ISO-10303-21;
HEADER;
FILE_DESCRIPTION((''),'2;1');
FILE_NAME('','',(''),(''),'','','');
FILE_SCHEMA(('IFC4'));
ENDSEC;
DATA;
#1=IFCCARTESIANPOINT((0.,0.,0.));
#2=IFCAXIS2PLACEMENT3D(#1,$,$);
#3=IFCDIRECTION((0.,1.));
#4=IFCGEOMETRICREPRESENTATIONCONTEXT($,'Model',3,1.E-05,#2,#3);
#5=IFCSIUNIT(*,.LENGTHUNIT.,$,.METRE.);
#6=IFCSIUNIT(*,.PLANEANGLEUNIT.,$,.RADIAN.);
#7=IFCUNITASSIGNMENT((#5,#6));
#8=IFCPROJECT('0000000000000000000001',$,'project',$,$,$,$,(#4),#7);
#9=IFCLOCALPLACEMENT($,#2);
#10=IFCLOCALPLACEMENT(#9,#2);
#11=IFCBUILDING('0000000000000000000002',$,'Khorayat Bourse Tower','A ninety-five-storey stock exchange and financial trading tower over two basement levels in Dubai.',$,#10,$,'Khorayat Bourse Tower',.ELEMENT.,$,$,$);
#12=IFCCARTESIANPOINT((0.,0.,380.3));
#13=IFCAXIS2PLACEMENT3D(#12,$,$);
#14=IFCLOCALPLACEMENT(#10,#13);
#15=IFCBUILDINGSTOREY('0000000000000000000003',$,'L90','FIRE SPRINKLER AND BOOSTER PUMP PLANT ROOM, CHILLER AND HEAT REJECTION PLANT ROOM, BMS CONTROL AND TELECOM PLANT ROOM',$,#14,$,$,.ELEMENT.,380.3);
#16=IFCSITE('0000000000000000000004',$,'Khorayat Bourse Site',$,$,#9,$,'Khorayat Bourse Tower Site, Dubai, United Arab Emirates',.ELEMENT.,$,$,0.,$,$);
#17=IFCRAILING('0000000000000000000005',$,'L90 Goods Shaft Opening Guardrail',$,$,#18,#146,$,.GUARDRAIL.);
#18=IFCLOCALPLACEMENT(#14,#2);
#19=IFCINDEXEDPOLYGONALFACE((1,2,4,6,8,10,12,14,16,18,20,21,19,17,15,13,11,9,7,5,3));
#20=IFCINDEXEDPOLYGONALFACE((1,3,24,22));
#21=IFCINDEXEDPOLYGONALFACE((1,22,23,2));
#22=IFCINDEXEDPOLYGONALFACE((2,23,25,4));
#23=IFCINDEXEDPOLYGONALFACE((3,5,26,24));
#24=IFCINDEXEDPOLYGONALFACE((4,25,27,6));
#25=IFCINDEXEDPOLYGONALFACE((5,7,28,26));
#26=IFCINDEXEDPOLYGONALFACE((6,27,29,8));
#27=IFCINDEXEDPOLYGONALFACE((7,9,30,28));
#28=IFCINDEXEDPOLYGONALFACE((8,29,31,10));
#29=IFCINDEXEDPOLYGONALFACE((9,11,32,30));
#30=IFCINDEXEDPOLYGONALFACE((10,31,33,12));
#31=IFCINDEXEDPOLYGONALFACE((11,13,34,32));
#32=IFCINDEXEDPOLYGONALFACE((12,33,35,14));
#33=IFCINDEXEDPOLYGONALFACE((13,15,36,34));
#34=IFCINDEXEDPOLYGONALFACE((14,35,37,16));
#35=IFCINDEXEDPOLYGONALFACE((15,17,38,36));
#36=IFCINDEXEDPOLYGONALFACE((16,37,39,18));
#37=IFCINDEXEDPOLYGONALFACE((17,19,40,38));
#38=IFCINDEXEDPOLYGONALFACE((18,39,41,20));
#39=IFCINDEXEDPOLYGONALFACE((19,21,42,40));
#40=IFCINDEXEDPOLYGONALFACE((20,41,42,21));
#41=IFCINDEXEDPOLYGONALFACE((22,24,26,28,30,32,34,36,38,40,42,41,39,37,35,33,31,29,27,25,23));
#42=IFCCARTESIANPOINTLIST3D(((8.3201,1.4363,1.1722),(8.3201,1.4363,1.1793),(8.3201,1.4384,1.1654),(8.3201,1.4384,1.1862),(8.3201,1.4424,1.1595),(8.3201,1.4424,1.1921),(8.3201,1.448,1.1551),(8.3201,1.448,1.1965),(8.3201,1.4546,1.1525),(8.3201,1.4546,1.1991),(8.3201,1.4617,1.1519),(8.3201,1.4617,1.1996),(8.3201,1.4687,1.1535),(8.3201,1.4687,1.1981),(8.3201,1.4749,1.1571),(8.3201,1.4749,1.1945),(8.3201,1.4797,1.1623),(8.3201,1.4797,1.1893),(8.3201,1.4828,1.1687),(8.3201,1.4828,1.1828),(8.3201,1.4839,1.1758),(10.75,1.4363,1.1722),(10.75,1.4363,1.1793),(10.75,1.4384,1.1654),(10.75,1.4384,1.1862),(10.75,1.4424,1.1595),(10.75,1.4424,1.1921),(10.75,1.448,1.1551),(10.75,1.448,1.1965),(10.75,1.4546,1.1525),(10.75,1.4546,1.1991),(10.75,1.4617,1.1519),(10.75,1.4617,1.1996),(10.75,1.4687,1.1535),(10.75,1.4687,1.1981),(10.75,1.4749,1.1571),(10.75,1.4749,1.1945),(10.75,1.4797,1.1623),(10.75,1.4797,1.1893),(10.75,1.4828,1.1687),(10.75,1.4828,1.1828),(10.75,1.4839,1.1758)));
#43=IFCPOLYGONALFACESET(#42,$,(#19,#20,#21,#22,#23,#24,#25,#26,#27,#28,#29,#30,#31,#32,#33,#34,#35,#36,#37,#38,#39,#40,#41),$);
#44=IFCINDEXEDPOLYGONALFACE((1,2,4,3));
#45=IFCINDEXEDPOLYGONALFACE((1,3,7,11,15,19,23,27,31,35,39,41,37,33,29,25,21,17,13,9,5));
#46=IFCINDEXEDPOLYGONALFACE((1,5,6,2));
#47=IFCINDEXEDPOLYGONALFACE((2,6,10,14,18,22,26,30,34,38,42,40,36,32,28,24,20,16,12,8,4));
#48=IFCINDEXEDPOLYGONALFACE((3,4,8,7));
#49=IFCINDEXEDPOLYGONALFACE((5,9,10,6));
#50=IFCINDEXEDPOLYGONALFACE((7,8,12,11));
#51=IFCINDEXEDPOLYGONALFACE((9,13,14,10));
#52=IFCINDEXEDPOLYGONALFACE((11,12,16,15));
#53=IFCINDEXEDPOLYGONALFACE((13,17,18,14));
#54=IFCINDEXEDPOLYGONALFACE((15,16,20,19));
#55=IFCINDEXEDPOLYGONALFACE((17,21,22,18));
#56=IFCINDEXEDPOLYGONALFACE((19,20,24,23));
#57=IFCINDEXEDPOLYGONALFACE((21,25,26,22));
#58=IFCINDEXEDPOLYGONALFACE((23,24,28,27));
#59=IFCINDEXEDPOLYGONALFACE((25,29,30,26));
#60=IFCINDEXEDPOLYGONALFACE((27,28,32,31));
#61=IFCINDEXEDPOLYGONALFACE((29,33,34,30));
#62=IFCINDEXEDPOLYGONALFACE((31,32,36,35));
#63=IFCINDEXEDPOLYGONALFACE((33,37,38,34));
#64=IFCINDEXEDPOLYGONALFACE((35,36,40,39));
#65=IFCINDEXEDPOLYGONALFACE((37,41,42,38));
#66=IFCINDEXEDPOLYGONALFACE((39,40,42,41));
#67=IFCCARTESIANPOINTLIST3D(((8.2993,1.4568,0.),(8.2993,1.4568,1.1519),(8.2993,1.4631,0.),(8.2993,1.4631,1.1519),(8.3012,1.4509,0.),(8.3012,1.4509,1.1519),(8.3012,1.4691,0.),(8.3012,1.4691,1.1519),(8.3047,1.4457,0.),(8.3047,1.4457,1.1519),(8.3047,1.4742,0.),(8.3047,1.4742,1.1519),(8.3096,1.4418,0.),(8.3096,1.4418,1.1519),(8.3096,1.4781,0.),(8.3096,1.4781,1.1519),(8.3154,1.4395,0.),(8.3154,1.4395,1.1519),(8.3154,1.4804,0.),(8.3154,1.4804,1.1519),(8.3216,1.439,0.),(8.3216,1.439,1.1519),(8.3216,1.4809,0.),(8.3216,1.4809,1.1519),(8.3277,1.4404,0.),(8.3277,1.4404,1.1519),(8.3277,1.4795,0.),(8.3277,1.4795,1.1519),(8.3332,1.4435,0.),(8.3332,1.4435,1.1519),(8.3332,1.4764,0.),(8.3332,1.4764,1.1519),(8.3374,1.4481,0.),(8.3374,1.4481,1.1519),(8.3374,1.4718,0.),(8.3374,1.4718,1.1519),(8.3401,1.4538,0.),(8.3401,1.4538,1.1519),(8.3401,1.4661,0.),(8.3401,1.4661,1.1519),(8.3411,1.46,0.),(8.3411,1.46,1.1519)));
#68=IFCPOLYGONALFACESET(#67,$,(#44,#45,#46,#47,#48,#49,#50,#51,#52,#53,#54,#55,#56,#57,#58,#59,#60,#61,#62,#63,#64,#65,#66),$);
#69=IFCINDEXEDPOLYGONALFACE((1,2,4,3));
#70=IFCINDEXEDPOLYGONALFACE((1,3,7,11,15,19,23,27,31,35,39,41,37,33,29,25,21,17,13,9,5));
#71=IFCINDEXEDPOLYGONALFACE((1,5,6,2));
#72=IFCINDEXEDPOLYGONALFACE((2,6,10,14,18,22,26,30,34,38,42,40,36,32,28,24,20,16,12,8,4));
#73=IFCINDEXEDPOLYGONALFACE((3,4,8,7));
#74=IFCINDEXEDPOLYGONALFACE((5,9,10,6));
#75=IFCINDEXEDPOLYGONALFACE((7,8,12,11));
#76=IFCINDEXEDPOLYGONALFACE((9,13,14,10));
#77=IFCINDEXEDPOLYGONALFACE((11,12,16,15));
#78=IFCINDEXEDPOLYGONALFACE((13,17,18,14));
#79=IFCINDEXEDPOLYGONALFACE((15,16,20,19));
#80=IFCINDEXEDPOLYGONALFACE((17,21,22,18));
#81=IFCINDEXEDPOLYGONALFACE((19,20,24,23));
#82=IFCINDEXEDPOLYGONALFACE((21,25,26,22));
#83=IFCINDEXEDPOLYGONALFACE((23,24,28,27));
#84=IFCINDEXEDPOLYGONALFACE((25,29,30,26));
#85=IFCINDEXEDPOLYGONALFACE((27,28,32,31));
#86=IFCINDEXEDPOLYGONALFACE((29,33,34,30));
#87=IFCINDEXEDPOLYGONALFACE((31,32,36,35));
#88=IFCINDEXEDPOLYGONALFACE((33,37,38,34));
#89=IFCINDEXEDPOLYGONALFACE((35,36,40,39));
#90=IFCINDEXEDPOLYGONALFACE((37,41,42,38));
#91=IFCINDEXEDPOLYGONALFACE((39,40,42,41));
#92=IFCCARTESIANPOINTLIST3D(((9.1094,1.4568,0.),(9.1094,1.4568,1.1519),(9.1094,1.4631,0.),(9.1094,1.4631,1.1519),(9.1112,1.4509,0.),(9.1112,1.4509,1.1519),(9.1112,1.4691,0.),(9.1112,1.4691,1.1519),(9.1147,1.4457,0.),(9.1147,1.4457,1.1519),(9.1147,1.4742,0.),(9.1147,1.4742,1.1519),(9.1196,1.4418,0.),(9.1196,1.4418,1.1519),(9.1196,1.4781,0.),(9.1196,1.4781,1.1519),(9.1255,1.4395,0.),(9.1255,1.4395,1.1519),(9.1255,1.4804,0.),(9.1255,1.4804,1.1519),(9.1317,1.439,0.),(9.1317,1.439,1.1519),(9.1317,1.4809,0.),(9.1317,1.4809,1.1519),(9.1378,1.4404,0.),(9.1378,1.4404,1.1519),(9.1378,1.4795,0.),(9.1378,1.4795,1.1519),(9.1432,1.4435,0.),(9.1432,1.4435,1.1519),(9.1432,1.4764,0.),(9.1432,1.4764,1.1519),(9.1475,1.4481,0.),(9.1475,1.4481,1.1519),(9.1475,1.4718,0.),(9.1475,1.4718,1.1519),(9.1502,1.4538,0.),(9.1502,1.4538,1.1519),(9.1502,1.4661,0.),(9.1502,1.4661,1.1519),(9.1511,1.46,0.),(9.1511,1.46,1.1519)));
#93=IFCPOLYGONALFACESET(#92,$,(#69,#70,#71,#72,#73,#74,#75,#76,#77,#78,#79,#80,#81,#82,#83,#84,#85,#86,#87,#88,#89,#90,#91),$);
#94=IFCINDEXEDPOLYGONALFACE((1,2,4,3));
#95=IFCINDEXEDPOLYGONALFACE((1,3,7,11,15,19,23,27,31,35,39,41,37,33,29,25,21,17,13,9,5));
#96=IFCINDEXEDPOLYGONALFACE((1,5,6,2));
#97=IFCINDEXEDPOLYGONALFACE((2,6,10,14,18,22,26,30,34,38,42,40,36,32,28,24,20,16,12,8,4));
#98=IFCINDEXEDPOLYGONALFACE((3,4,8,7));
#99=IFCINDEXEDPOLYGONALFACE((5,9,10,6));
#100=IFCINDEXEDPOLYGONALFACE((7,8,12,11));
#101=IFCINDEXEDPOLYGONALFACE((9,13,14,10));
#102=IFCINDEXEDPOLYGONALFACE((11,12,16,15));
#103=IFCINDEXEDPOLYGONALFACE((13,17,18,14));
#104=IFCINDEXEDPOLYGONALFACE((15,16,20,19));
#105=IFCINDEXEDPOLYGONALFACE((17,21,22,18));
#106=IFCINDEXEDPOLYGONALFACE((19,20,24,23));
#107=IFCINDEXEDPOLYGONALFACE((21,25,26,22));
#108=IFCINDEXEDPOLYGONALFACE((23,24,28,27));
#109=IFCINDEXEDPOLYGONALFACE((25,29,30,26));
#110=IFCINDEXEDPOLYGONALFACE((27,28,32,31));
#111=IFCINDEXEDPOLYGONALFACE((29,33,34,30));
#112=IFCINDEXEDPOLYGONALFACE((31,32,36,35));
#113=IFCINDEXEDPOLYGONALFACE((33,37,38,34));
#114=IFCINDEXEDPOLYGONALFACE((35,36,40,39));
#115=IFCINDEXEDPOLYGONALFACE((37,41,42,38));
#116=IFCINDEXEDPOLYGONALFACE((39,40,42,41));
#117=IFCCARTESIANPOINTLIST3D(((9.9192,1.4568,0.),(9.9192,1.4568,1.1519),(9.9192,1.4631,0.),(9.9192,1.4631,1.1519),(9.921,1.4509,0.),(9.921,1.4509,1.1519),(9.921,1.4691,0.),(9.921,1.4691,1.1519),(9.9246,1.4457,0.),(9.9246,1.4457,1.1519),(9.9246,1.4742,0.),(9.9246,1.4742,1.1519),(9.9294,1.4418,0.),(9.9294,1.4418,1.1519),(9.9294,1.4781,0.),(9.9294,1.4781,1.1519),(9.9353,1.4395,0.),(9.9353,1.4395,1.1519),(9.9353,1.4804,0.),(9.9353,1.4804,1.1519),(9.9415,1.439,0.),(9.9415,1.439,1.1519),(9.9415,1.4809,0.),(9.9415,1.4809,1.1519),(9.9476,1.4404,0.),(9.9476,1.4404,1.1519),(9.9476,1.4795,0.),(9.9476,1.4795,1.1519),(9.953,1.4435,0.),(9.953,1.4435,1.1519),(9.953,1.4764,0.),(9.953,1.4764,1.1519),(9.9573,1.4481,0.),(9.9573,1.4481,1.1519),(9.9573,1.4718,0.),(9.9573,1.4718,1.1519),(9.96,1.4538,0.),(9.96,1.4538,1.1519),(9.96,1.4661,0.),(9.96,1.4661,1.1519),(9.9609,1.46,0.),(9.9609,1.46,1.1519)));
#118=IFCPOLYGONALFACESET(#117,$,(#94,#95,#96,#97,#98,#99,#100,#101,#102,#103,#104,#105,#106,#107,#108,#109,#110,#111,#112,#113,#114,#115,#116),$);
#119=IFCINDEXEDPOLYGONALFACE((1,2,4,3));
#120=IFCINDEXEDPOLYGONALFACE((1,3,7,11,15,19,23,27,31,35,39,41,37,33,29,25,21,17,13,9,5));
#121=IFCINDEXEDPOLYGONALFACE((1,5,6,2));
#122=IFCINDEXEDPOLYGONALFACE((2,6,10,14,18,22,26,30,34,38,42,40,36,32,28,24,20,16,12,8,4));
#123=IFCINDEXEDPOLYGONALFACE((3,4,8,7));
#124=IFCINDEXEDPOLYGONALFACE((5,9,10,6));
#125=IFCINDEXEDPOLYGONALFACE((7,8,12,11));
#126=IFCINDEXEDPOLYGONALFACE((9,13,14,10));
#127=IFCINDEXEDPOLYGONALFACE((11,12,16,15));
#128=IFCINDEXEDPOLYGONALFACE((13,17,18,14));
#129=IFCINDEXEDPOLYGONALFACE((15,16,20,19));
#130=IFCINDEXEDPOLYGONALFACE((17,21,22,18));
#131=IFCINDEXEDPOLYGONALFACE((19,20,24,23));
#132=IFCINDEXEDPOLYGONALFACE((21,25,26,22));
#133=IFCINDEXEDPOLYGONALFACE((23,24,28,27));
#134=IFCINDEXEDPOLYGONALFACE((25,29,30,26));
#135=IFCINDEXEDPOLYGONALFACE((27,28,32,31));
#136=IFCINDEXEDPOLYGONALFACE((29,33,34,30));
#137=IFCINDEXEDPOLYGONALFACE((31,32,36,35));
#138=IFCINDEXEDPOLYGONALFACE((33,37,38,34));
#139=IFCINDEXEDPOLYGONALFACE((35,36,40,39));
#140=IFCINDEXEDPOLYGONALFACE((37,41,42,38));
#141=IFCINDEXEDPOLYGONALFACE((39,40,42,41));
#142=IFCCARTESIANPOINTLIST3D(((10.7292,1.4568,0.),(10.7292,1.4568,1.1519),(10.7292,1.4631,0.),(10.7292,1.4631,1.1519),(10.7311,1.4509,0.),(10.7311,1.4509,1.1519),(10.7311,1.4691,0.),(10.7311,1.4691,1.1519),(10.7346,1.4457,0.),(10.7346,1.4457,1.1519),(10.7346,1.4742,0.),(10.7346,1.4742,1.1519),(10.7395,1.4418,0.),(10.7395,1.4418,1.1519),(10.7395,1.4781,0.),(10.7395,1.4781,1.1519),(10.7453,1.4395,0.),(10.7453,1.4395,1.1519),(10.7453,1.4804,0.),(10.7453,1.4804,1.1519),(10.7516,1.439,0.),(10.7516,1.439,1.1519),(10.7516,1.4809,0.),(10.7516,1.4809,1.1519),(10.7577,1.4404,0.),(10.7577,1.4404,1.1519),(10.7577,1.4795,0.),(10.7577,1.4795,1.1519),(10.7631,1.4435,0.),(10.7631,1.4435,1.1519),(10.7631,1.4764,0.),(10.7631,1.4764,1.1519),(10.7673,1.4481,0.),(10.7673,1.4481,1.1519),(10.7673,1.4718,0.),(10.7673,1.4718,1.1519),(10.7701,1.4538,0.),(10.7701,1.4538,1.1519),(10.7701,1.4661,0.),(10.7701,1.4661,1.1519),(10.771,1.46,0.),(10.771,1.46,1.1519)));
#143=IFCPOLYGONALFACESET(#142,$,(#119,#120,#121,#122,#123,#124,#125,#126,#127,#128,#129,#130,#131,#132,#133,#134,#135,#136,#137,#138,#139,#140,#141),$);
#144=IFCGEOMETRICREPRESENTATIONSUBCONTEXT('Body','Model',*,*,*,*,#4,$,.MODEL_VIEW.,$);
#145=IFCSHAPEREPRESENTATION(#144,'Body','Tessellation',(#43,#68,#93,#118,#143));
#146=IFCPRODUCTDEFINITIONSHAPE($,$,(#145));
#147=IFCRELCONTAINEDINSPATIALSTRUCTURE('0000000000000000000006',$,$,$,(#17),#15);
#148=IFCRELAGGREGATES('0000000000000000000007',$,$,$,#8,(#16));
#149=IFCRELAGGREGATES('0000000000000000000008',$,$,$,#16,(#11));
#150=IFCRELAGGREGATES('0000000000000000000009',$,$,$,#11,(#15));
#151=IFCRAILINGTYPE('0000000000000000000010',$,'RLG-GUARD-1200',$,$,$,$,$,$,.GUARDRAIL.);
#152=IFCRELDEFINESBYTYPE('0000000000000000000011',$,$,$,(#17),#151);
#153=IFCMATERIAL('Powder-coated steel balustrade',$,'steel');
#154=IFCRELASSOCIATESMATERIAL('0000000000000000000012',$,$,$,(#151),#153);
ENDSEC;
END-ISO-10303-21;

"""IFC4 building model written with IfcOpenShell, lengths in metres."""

from ifc_helpers import new_model, si_unit, direction, frame, origin, origin_2d, place, context, subcontext, project, spatial, circle, extrude, source, transform, mapped, material, type_object, element, save


model = new_model("IFC4")

# Units and contexts
model_context = context("Model", 3, precision=1e-05, world=origin(), true_north=direction((0.0, 1.0)))
body_context = subcontext(model_context, "Body", "Model", "MODEL_VIEW")
ifc_project = project(units=[si_unit("LENGTHUNIT", "METRE"), si_unit("PLANEANGLEUNIT", "RADIAN")], contexts=[model_context])

# Site, building, storey
site_placement = place(None, origin())
site = spatial("IfcSite", under=ifc_project, at=site_placement, Name="Khorayat Bourse Site", LongName="Khorayat Bourse Tower Site, Dubai, United Arab Emirates", CompositionType="ELEMENT", RefElevation=0.0)
building_placement = place(site_placement, origin())
building = spatial("IfcBuilding", under=site, at=building_placement, Name="Khorayat Bourse Tower", Description="A ninety-five-storey stock exchange and financial trading tower over two basement levels in Dubai.", LongName="Khorayat Bourse Tower", CompositionType="ELEMENT")
storey_placement = place(building_placement, frame((0.0, 0.0, 380.3)))
storey = spatial("IfcBuildingStorey", under=building, at=storey_placement, Name="L90", Description="FIRE SPRINKLER AND BOOSTER PUMP PLANT ROOM, CHILLER AND HEAT REJECTION PLANT ROOM, BMS CONTROL AND TELECOM PLANT ROOM", CompositionType="ELEMENT", Elevation=380.3)

# Railing
ifc_material_1 = material(Name="Powder-coated steel balustrade", Category="steel")
railing_type = type_object("IfcRailingType", Name="RLG-GUARD-1200", PredefinedType="GUARDRAIL", material=ifc_material_1)
shared_shape_1 = source(origin(), body_context, "Body", "SweptSolid", [
    extrude(circle(Radius=0.0239, at=origin_2d()), frame((0.0, 0.0, 1.1758), z_axis=(1.0, 0.0, 0.0), x_axis=(0.0, 1.0, 0.0)), (0.0, 0.0, 1.0), 2.4299),
    extrude(circle(Radius=0.021, at=origin_2d()), origin(), (0.0, 0.0, 1.0), 1.1519),
    extrude(circle(Radius=0.021, at=origin_2d()), frame((0.8101, 0.0, 0.0)), (0.0, 0.0, 1.0), 1.1519),
    extrude(circle(Radius=0.021, at=origin_2d()), frame((1.6199, 0.0, 0.0)), (0.0, 0.0, 1.0), 1.1519),
    extrude(circle(Radius=0.021, at=origin_2d()), frame((2.4299, 0.0, 0.0)), (0.0, 0.0, 1.0), 1.1519),
])
railing_placement = place(storey_placement, frame((8.3201, 1.46, 0.0)))
element("IfcRailing", 1, at=railing_placement, inside=storey, type_object=railing_type, Name="L90 Goods Shaft Opening Guardrail", PredefinedType="GUARDRAIL", context=body_context, shape_type="MappedRepresentation", body=[
    mapped(shared_shape_1, transform((0.0, 0.0, 0.0), scale=1.0)),
])

save(model, "model.ifc")
